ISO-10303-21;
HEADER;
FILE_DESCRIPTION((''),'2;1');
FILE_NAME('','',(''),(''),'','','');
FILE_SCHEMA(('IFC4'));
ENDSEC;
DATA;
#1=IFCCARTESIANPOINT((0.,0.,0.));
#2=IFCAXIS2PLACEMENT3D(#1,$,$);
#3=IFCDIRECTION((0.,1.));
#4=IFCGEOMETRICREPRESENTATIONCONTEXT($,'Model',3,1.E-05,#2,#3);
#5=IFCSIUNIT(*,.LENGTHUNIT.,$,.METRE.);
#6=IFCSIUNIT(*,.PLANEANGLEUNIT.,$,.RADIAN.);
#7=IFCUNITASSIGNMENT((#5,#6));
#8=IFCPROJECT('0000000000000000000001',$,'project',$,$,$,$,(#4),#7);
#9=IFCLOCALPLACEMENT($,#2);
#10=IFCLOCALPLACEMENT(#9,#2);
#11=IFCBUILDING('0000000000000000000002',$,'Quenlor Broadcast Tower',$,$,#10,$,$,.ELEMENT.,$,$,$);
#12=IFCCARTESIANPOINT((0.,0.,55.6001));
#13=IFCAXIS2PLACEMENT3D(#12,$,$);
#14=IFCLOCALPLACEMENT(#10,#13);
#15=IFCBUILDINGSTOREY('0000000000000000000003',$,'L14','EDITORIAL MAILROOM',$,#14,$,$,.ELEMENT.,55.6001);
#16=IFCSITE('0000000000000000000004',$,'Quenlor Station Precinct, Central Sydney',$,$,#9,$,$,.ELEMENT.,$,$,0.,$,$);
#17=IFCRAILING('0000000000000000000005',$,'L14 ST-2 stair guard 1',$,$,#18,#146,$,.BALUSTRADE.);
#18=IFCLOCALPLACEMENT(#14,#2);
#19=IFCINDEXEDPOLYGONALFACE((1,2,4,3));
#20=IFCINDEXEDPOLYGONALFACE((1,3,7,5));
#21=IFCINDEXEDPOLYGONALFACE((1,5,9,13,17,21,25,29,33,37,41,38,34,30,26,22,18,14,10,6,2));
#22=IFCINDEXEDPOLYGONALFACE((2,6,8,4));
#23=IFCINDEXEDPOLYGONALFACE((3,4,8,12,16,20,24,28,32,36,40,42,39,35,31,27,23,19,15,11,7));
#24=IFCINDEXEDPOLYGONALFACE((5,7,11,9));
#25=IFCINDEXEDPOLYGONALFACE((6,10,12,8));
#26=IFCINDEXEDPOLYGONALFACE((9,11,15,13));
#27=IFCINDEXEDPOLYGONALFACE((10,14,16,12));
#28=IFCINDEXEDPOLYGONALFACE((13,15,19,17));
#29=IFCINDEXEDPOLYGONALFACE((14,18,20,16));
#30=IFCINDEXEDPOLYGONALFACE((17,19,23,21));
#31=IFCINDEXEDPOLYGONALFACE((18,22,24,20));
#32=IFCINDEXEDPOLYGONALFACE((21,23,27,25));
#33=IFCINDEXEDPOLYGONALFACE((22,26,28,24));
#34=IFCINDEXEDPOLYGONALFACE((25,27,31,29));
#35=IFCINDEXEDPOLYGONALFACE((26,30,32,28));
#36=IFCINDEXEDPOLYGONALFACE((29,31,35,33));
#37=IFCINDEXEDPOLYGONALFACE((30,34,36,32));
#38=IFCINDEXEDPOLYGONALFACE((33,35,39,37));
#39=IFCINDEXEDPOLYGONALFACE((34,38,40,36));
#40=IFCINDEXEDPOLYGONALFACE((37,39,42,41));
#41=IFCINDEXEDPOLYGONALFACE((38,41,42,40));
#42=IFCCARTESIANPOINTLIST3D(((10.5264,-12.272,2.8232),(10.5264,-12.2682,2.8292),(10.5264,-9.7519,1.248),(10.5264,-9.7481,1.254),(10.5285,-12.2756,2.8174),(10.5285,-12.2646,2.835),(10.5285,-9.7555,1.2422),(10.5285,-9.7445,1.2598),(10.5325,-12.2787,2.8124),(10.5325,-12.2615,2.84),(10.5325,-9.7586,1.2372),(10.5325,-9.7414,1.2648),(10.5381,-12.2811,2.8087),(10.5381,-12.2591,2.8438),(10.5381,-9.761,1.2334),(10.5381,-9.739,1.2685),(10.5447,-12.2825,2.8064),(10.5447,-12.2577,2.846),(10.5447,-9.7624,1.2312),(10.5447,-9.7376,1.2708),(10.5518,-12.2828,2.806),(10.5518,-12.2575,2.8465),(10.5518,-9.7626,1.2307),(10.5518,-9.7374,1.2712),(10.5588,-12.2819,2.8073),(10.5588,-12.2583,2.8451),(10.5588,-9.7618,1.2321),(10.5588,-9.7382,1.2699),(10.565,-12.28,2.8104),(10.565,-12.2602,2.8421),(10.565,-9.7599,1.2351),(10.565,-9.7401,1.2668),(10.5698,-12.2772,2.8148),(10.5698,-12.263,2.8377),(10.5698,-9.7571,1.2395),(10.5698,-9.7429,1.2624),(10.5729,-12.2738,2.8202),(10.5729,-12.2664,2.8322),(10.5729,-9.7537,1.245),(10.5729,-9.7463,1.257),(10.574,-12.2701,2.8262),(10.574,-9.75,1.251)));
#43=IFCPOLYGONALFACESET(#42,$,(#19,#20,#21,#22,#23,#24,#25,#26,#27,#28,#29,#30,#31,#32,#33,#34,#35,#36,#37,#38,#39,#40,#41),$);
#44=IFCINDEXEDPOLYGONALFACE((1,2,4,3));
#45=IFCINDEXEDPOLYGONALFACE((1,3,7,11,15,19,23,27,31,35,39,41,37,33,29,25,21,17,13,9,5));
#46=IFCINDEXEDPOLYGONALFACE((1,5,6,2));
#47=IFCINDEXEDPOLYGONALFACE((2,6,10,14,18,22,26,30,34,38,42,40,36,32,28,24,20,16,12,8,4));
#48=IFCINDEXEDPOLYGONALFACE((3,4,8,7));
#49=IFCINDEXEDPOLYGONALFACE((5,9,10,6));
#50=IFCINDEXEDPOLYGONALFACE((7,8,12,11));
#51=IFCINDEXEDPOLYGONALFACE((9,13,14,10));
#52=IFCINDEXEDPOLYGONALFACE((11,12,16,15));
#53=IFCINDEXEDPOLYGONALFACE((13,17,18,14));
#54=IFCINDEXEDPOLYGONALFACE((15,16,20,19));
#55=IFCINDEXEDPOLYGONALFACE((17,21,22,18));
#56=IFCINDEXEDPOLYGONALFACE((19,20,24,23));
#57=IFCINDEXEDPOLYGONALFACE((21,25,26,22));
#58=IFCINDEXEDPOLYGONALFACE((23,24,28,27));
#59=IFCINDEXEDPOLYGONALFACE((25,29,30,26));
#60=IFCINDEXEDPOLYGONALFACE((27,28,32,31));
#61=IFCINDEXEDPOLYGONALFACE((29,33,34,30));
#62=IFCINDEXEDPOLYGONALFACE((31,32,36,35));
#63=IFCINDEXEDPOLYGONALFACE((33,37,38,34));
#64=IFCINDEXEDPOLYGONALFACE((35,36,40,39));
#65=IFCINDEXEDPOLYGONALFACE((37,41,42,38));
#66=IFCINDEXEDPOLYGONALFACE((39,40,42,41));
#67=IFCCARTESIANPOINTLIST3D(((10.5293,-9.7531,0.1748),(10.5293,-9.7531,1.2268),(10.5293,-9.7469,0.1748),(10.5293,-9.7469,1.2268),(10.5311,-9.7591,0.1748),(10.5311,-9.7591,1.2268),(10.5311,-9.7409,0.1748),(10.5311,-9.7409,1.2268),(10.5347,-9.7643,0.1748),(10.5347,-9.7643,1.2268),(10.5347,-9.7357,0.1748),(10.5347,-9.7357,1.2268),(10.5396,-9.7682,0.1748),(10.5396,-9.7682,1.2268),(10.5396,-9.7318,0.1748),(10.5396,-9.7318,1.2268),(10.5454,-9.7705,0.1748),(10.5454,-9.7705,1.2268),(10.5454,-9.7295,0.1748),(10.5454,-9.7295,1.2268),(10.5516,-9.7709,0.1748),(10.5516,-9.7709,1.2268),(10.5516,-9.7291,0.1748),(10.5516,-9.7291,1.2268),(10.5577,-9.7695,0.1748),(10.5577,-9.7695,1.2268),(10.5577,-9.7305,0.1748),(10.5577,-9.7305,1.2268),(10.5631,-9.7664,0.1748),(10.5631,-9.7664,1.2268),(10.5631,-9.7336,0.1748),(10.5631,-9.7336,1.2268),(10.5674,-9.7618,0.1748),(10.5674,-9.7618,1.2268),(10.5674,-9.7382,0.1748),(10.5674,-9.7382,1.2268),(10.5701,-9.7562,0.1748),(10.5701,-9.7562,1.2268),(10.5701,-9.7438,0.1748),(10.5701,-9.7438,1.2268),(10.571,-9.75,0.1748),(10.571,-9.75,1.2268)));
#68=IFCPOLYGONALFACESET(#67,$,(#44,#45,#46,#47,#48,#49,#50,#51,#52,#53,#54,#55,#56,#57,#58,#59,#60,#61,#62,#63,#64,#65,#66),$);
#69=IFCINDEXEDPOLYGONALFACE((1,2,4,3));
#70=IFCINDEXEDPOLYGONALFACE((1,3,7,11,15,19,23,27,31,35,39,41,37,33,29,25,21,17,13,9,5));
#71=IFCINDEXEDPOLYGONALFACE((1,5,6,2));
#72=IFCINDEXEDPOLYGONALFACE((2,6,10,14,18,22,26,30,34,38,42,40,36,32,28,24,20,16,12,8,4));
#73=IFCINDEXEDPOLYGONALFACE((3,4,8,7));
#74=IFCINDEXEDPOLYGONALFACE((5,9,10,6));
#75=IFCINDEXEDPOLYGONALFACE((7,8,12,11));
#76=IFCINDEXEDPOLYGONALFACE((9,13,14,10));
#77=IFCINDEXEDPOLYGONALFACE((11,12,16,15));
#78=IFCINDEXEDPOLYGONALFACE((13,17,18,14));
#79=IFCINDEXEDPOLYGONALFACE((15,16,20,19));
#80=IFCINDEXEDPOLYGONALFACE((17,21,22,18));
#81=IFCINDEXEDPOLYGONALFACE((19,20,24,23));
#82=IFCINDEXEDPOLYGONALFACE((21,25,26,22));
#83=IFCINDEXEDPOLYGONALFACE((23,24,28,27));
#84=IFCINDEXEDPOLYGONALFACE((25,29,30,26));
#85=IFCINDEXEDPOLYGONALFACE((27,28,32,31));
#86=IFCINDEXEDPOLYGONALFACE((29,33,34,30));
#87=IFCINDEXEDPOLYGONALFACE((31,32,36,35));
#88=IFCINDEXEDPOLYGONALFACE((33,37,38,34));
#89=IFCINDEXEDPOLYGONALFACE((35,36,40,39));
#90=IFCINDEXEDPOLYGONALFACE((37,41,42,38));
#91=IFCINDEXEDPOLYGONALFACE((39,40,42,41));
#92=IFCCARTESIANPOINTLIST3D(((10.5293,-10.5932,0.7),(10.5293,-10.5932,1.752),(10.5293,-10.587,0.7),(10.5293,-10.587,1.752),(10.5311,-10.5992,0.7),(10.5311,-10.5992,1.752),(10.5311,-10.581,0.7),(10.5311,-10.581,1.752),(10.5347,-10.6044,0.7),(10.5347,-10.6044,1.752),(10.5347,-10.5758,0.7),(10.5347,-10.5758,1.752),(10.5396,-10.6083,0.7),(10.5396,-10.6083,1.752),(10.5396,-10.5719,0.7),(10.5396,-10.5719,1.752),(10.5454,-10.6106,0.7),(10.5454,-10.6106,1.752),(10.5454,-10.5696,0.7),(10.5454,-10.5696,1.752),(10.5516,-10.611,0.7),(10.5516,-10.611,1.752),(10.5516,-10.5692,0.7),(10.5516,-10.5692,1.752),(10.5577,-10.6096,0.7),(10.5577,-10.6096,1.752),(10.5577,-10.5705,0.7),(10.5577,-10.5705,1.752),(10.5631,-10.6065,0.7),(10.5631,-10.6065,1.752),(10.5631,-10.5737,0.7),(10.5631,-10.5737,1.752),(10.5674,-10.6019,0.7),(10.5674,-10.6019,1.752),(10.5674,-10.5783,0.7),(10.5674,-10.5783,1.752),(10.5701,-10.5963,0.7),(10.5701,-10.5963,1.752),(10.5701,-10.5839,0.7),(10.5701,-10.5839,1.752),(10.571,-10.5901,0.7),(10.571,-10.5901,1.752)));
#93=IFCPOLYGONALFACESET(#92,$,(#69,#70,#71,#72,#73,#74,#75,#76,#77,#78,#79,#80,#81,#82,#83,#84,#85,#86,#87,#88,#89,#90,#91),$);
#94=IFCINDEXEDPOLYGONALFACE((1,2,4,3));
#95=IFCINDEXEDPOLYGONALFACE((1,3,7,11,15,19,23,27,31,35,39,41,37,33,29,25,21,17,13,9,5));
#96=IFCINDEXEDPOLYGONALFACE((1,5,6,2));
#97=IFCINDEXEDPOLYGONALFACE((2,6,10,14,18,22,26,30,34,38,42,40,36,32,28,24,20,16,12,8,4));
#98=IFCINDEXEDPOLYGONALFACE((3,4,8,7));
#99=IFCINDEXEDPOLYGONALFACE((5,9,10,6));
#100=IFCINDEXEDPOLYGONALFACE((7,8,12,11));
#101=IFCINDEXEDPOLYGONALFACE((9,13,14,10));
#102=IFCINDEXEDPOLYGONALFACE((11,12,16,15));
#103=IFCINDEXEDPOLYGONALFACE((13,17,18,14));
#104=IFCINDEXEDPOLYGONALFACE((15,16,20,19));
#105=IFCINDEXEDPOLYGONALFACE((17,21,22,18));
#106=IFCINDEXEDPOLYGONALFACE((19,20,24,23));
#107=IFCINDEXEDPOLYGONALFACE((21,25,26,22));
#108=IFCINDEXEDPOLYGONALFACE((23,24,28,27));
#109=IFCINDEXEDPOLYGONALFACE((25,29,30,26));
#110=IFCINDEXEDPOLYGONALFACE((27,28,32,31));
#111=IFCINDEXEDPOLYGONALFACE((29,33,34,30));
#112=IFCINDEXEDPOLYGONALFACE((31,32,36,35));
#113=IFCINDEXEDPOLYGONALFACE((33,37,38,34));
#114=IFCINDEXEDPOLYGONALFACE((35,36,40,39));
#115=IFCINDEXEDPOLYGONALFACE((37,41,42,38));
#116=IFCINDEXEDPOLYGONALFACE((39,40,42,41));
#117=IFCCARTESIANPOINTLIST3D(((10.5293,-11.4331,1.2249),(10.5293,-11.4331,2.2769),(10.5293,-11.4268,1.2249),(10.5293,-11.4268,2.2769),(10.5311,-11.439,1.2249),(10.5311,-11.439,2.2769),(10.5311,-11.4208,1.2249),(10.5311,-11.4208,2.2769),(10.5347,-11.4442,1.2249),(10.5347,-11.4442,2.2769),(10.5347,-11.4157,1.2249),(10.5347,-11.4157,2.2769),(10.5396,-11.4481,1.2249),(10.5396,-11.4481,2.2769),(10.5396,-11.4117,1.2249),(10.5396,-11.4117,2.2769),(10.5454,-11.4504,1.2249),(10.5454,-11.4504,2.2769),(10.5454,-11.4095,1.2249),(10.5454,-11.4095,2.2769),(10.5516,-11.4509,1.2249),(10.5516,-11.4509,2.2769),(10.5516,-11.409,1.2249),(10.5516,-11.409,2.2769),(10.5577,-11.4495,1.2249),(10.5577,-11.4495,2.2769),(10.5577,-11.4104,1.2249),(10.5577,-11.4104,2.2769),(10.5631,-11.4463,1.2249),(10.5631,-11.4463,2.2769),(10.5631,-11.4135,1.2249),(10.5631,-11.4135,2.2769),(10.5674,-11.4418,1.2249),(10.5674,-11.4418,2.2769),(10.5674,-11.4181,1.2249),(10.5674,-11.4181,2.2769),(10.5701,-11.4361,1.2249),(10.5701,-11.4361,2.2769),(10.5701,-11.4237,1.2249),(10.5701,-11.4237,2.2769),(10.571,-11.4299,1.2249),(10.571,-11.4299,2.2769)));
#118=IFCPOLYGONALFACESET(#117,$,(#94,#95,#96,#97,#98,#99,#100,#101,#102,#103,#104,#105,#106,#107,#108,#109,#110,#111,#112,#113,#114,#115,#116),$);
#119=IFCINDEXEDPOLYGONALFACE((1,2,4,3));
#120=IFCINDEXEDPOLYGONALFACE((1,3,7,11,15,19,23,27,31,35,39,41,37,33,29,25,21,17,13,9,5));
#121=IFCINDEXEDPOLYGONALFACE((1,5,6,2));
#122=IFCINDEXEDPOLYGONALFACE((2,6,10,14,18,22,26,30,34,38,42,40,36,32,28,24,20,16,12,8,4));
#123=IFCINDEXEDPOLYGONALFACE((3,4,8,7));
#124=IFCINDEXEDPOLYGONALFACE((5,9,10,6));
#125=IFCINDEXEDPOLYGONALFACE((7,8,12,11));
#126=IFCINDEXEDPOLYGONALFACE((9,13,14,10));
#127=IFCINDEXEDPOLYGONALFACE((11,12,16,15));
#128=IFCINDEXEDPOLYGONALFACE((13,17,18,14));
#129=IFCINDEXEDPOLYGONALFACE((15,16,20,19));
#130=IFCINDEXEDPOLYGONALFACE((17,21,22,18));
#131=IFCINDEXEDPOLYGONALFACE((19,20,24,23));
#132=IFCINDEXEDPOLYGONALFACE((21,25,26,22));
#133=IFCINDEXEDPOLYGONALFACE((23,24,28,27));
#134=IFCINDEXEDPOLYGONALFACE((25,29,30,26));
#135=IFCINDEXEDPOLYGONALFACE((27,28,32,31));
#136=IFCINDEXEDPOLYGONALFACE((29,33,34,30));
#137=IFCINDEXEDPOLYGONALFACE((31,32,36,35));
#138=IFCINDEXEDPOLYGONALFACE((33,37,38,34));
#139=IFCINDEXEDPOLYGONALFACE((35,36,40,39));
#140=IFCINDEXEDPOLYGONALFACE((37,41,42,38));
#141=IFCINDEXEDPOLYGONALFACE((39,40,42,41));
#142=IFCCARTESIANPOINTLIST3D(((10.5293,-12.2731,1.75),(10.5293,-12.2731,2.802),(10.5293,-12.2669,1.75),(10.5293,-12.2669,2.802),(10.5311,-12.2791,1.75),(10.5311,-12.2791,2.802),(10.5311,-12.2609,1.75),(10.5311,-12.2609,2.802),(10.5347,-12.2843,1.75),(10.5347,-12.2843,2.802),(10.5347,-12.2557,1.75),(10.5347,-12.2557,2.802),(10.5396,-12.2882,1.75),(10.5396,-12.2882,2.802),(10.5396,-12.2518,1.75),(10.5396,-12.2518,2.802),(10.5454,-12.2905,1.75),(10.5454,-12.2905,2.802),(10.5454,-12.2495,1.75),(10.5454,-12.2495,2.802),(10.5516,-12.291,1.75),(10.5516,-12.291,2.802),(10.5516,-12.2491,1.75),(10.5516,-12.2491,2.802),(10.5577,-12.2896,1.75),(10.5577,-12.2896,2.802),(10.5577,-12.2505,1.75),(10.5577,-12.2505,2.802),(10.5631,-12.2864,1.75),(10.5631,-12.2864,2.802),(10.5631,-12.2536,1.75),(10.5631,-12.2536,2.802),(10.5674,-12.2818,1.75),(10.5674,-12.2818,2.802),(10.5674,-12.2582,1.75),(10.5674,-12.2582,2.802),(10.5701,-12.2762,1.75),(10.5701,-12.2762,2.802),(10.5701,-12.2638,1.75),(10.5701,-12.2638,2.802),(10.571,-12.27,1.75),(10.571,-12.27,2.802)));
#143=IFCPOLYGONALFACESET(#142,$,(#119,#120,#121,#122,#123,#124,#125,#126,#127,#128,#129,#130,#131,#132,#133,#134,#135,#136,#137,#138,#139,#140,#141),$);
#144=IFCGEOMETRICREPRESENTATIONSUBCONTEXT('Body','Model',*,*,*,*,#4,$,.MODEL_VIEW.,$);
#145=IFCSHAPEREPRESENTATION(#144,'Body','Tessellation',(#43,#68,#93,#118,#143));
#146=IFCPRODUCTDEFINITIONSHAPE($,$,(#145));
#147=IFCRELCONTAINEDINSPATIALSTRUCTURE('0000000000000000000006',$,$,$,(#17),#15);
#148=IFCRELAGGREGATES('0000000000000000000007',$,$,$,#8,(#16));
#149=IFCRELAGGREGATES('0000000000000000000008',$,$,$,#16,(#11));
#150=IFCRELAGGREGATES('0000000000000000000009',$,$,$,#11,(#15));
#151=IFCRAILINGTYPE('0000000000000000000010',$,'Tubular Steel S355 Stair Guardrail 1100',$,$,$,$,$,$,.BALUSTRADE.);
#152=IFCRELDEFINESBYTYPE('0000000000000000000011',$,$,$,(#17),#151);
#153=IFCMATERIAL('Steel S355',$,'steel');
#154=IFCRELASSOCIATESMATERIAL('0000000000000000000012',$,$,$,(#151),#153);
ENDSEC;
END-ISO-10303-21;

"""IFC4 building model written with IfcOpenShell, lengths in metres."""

from ifc_helpers import new_model, si_unit, direction, frame, origin, origin_2d, place, context, subcontext, project, spatial, circle, extrude, material, type_object, element, save


model = new_model("IFC4")

# Units and contexts
model_context = context("Model", 3, precision=1e-05, world=origin(), true_north=direction((0.0, 1.0)))
body_context = subcontext(model_context, "Body", "Model", "MODEL_VIEW")
ifc_project = project(units=[si_unit("LENGTHUNIT", "METRE"), si_unit("PLANEANGLEUNIT", "RADIAN")], contexts=[model_context])

# Site, building, storey
site_placement = place(None, origin())
site = spatial("IfcSite", under=ifc_project, at=site_placement, Name="Quenlor Station Precinct, Central Sydney", CompositionType="ELEMENT", RefElevation=0.0)
building_placement = place(site_placement, origin())
building = spatial("IfcBuilding", under=site, at=building_placement, Name="Quenlor Broadcast Tower", CompositionType="ELEMENT")
storey_placement = place(building_placement, frame((0.0, 0.0, 55.6001)))
storey = spatial("IfcBuildingStorey", under=building, at=storey_placement, Name="L14", Description="EDITORIAL MAILROOM", CompositionType="ELEMENT", Elevation=55.6001)

# Railing
ifc_material_1 = material(Name="Steel S355", Category="steel")
railing_type_1 = type_object("IfcRailingType", Name="Tubular Steel S355 Stair Guardrail 1100", PredefinedType="BALUSTRADE", material=ifc_material_1)
railing_1_placement = place(storey_placement, frame((10.55, -9.75, 0.1748)))
element("IfcRailing", 1, at=railing_1_placement, inside=storey, type_object=railing_type_1, Name="L14 ST-2 stair guard 1", PredefinedType="BALUSTRADE", context=body_context, shape_type="SweptSolid", body=[
    extrude(circle(Radius=0.0239, at=origin_2d()), frame((0.0, 0.0, 1.0762), z_axis=(0.0, -0.847971, 0.530043), x_axis=(1.0, 0.0, 0.0)), (0.0, 0.0, 1.0), 2.9719),
    extrude(circle(Radius=0.021, at=origin_2d()), origin(), (0.0, 0.0, 1.0), 1.052),
    extrude(circle(Radius=0.021, at=origin_2d()), frame((0.0, -0.8401, 0.5251)), (0.0, 0.0, 1.0), 1.052),
    extrude(circle(Radius=0.021, at=origin_2d()), frame((0.0, -1.6799, 1.05)), (0.0, 0.0, 1.0), 1.052),
    extrude(circle(Radius=0.021, at=origin_2d()), frame((0.0, -2.52, 1.5752)), (0.0, 0.0, 1.0), 1.052),
])

save(model, "model.ifc")
